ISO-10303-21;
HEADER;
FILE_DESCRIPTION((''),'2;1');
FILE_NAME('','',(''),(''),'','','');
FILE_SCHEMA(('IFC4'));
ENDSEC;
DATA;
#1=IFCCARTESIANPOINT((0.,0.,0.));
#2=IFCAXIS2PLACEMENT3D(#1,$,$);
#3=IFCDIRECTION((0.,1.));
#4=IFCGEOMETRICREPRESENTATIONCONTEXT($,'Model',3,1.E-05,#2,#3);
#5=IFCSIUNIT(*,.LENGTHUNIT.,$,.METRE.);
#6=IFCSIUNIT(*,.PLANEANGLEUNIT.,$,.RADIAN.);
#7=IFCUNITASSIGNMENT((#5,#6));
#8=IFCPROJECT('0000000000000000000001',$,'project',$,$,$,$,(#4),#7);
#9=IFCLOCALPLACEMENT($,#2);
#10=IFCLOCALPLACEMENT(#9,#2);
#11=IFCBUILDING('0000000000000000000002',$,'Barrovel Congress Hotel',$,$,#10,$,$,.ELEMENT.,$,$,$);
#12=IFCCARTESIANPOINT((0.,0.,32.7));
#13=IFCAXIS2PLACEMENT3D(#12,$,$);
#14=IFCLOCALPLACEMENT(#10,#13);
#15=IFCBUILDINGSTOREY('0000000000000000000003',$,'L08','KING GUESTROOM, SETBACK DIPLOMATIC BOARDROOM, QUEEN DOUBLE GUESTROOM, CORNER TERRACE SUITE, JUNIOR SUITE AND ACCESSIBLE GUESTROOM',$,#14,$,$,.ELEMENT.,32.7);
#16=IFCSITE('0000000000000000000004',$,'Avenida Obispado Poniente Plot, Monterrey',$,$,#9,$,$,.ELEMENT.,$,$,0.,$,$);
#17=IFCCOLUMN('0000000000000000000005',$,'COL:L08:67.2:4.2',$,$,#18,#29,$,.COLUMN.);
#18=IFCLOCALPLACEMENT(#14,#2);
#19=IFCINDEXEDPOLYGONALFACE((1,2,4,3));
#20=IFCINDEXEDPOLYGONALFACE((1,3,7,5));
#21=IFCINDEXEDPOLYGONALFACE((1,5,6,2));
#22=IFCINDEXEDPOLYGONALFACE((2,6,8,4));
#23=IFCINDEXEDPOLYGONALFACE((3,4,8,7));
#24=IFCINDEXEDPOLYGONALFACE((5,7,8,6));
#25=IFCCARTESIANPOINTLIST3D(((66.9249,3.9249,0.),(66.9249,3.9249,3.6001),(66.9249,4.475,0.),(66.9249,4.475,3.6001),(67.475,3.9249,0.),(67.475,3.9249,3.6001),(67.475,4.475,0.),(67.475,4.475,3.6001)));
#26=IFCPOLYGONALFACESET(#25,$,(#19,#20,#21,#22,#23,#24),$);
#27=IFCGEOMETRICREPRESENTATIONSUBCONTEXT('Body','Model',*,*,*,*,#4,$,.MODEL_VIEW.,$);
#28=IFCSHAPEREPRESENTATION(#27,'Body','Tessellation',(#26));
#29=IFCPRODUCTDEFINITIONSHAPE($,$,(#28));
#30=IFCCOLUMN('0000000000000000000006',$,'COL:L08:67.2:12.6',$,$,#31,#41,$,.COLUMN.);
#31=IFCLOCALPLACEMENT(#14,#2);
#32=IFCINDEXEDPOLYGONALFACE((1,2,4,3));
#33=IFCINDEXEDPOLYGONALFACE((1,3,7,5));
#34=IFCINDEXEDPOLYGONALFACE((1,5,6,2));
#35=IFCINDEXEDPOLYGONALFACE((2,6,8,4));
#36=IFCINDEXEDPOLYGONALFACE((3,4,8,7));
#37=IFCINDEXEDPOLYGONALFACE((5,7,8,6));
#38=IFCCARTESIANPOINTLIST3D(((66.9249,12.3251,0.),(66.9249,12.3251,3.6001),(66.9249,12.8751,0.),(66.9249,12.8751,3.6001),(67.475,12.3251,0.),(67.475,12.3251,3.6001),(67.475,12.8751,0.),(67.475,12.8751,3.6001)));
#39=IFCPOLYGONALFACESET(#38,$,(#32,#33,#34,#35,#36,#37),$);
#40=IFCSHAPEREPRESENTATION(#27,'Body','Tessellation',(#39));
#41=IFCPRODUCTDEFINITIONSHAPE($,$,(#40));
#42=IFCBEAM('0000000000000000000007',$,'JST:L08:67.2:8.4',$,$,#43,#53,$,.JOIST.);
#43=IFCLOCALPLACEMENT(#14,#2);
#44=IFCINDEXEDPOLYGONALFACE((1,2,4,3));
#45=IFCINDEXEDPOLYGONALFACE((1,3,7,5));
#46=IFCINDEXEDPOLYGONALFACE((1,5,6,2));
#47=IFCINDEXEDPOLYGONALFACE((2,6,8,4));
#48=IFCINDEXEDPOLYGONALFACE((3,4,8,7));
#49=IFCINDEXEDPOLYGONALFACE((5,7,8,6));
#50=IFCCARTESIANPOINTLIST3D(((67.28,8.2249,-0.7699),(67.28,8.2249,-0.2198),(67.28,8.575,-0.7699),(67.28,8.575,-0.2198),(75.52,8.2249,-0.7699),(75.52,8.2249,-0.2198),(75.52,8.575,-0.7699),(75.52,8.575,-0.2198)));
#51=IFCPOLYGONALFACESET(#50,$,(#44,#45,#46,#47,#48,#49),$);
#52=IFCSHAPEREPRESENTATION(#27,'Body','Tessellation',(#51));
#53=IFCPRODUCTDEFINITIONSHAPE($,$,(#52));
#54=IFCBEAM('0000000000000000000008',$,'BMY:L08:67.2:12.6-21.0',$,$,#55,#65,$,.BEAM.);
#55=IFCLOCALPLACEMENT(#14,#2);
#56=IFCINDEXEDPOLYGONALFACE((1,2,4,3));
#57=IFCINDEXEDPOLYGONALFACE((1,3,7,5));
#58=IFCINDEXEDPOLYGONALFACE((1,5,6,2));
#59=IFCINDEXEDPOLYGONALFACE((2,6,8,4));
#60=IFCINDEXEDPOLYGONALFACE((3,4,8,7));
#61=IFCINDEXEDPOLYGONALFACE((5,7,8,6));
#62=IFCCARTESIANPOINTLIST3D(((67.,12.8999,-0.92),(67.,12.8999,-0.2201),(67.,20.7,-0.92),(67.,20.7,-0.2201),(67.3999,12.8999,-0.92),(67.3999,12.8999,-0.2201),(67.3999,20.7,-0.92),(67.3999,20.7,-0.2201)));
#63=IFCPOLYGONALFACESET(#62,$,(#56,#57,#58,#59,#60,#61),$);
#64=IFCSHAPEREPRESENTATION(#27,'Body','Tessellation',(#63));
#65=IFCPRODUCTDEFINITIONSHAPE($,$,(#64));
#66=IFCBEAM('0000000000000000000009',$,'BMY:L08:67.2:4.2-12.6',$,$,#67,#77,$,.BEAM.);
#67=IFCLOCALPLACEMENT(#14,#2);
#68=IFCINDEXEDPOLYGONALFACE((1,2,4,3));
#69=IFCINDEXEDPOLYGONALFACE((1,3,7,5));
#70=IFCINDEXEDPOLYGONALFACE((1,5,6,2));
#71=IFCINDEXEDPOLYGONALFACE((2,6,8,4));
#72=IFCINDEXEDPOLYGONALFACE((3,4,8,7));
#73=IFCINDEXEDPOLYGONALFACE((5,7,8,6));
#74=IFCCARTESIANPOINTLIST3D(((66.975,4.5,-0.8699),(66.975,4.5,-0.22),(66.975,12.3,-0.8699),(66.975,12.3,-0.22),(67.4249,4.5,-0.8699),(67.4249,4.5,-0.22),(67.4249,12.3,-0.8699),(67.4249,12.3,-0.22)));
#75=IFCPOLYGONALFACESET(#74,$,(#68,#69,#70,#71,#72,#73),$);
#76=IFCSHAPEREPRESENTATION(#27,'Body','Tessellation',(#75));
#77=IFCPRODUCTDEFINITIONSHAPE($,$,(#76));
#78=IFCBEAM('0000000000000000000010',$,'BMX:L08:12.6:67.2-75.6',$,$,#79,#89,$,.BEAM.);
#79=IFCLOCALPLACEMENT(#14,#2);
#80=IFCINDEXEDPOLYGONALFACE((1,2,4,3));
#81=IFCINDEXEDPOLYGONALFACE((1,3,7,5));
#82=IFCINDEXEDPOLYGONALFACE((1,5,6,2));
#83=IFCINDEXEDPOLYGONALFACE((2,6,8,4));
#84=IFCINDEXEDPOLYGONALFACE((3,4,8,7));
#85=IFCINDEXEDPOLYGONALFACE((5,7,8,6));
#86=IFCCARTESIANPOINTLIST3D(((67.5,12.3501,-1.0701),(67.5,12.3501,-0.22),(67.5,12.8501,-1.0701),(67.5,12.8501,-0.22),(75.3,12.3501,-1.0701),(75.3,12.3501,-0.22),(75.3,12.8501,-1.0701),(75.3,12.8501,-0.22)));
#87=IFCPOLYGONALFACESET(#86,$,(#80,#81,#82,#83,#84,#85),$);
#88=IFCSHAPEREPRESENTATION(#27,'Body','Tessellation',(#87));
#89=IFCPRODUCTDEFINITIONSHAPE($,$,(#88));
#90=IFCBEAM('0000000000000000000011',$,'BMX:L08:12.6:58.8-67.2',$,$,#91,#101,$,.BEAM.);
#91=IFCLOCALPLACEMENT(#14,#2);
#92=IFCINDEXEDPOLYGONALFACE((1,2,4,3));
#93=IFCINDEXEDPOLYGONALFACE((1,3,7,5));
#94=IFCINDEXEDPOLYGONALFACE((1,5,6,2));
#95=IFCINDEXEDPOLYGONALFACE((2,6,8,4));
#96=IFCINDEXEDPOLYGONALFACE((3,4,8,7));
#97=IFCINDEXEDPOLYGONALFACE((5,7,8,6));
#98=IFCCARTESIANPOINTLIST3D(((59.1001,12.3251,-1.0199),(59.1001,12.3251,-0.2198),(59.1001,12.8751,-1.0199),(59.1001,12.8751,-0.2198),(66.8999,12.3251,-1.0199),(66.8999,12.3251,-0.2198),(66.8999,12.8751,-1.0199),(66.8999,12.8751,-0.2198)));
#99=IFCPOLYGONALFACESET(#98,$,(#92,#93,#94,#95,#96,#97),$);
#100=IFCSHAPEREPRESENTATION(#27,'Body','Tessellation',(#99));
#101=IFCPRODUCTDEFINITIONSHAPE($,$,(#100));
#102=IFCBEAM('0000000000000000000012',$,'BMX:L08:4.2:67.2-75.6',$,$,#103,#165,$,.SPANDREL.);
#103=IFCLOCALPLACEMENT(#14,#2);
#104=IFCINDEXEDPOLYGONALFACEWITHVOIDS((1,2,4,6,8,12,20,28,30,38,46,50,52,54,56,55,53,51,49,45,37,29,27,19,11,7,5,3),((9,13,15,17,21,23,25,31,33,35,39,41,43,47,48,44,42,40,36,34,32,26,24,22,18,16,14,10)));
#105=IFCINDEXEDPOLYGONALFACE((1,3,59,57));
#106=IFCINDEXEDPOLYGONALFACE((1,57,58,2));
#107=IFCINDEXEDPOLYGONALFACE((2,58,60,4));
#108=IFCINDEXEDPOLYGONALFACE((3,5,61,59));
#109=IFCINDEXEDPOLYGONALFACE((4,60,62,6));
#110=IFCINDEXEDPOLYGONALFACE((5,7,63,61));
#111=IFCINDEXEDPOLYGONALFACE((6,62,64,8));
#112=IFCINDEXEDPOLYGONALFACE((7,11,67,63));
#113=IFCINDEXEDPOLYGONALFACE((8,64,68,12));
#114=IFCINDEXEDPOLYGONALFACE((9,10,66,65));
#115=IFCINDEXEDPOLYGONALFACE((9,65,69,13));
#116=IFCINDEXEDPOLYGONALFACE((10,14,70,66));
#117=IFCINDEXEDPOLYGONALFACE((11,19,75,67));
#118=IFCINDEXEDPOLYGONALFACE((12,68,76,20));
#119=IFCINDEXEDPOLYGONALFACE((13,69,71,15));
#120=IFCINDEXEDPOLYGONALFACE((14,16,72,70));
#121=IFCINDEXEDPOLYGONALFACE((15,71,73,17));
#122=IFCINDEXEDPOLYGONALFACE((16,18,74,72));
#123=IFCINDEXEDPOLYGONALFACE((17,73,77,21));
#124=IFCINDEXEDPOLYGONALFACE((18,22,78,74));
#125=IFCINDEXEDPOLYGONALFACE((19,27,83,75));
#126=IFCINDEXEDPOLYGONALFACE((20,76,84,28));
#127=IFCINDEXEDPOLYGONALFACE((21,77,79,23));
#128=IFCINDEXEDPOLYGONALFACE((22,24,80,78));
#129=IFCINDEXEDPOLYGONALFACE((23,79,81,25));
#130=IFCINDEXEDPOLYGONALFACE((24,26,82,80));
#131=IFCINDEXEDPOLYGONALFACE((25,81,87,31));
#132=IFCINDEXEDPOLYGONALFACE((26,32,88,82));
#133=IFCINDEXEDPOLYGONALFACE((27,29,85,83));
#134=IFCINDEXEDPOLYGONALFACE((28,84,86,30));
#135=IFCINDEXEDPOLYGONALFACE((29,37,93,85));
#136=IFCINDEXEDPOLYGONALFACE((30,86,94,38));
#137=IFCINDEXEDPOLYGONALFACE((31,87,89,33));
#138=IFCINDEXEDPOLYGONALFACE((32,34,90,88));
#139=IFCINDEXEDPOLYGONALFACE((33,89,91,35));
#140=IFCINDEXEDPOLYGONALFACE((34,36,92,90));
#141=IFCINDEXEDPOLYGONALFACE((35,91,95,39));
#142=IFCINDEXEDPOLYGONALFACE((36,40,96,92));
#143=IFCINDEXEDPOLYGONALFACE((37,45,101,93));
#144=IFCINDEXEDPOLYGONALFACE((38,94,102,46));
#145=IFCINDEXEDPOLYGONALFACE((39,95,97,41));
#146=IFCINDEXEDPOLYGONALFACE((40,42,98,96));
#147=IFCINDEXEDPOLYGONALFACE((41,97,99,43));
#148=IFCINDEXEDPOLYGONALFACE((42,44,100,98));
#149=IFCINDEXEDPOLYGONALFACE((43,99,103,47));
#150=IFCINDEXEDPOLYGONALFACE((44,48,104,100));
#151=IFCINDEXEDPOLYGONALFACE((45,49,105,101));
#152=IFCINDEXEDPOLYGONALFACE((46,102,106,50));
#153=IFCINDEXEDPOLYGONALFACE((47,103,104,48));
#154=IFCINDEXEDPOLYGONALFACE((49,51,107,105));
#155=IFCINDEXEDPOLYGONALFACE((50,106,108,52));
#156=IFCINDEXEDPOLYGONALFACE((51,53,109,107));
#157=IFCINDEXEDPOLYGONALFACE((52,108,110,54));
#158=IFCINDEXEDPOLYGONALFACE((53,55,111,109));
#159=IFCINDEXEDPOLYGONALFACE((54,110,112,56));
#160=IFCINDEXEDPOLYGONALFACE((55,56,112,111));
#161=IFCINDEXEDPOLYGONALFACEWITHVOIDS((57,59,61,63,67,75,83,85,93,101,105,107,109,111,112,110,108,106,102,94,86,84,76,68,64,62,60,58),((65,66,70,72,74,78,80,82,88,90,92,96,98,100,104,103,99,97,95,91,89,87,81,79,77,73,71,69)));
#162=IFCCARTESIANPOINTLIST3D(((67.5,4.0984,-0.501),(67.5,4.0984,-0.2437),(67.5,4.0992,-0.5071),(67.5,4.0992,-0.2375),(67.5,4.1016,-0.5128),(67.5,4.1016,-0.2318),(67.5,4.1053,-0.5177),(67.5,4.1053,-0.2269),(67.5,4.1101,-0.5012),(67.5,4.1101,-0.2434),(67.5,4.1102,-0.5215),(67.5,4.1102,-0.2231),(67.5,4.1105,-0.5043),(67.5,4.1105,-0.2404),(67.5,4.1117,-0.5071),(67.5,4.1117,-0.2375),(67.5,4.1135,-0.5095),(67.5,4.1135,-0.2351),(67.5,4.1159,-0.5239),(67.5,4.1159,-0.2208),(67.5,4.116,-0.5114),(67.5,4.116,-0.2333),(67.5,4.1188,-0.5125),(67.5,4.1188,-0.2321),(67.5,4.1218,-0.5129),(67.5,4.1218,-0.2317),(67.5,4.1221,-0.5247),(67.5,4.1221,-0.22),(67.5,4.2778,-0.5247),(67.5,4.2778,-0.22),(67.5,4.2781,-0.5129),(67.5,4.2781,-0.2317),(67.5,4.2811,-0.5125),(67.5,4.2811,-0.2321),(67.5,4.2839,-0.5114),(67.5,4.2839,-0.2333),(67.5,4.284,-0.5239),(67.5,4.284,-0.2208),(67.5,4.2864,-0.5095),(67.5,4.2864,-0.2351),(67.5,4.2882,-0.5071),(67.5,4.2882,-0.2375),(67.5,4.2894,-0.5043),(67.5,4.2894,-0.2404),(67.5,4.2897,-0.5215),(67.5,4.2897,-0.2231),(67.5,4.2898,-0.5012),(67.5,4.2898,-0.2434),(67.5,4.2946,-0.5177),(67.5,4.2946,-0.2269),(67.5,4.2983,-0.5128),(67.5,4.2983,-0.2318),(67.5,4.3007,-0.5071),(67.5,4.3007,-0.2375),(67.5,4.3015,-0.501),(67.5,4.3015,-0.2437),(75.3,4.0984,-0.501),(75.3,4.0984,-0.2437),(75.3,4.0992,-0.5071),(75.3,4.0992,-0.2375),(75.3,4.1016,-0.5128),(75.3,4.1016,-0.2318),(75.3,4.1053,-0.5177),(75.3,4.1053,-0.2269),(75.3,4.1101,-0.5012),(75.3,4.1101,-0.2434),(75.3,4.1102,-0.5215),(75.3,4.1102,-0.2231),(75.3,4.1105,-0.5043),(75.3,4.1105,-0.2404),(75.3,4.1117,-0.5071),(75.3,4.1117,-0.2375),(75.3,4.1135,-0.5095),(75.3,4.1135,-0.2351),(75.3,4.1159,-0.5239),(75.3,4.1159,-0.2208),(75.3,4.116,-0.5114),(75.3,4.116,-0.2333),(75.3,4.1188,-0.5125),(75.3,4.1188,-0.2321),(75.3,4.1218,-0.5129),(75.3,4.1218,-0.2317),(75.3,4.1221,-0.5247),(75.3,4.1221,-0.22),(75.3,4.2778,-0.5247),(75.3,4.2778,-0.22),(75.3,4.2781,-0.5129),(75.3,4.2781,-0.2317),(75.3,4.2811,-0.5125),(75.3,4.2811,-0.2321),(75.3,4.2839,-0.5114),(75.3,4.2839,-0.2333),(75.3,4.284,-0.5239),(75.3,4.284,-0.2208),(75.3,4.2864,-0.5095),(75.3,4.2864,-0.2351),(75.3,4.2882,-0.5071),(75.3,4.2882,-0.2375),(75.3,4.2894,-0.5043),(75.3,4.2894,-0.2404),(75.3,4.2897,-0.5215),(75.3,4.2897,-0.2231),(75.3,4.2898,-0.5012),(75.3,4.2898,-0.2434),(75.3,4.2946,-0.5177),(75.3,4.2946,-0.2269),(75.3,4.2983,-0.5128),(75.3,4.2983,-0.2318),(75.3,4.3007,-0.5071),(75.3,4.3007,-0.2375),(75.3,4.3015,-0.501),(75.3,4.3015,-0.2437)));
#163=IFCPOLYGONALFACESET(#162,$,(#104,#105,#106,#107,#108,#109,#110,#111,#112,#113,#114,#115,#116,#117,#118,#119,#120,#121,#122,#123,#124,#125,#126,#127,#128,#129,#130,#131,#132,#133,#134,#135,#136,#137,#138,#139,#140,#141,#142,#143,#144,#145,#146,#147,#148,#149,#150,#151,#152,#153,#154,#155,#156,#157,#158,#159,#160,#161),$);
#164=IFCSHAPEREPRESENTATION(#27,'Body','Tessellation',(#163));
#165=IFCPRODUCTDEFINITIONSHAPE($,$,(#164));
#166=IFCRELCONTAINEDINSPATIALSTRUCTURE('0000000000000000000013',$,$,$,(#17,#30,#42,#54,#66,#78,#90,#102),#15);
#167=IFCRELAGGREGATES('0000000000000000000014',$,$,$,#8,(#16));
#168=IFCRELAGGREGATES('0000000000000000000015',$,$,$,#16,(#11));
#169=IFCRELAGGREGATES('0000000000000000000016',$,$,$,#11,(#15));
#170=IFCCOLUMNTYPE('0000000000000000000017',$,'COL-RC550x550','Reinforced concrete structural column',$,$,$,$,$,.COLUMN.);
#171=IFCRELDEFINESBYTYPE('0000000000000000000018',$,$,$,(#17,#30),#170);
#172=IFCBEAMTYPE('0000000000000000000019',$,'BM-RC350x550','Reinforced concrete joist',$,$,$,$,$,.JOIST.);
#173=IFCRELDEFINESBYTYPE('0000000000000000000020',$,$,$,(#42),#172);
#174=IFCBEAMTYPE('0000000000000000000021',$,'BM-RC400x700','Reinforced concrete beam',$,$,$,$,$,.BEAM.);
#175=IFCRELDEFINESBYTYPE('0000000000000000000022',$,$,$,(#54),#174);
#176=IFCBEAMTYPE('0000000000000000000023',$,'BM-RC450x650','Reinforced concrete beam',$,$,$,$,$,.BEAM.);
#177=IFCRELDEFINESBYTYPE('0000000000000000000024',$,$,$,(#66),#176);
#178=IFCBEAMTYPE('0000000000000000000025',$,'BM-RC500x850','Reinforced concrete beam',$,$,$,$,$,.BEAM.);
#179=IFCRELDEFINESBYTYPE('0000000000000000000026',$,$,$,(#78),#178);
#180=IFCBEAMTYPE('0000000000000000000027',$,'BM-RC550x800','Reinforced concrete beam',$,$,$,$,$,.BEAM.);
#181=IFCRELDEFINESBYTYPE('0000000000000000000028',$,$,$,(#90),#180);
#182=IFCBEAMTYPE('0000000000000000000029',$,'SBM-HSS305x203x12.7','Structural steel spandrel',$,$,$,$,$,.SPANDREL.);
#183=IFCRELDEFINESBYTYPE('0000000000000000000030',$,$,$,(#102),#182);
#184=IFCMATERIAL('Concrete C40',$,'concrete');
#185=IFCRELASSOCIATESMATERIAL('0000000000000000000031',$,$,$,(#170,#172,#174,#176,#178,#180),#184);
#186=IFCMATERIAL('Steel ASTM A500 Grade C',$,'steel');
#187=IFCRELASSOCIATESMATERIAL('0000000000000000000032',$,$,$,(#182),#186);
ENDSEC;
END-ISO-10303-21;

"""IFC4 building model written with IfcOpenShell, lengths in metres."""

from ifc_helpers import new_model, si_unit, direction, frame, origin, origin_2d, place, context, subcontext, project, spatial, rectangle, hollow_rectangle, extrude, material, material_profile, profile_set, type_object, element, save


model = new_model("IFC4")

# Units and contexts
model_context = context("Model", 3, precision=1e-05, world=origin(), true_north=direction((0.0, 1.0)))
body_context = subcontext(model_context, "Body", "Model", "MODEL_VIEW")
ifc_project = project(units=[si_unit("LENGTHUNIT", "METRE"), si_unit("PLANEANGLEUNIT", "RADIAN")], contexts=[model_context])

# Site, building, storey
site_placement = place(None, origin())
site = spatial("IfcSite", under=ifc_project, at=site_placement, Name="Avenida Obispado Poniente Plot, Monterrey", CompositionType="ELEMENT", RefElevation=0.0)
building_placement = place(site_placement, origin())
building = spatial("IfcBuilding", under=site, at=building_placement, Name="Barrovel Congress Hotel", CompositionType="ELEMENT")
storey_placement = place(building_placement, frame((0.0, 0.0, 32.7)))
storey = spatial("IfcBuildingStorey", under=building, at=storey_placement, Name="L08", Description="KING GUESTROOM, SETBACK DIPLOMATIC BOARDROOM, QUEEN DOUBLE GUESTROOM, CORNER TERRACE SUITE, JUNIOR SUITE AND ACCESSIBLE GUESTROOM", CompositionType="ELEMENT", Elevation=32.7)

# Columns
ifc_material_1 = material(Name="Concrete C40", Category="concrete")
ifc_material_profile_1 = material_profile(ifc_material_1, rectangle(XDim=0.55, YDim=0.55, at=origin_2d()), Name="RC550x550")
ifc_profile_set_1 = profile_set([ifc_material_profile_1], Name="Concrete C40")
column_type = type_object("IfcColumnType", Name="COL-RC550x550", Description="Reinforced concrete structural column", PredefinedType="COLUMN", material=ifc_profile_set_1)
for number, where, z_axis, x_axis, name in (
    (1, (67.2, 4.2, 0.0), (0.0, 0.0, 1.0), (1.0, 0.0, 0.0), "COL:L08:67.2:4.2"),
    (2, (67.2, 12.6001, 0.0), (0.0, 0.0, 1.0), (1.0, 0.0, 0.0), "COL:L08:67.2:12.6"),
):
    element("IfcColumn", number, at=place(storey_placement, frame(where, z_axis=z_axis, x_axis=x_axis)), inside=storey, type_object=column_type, Name=name, PredefinedType="COLUMN", context=body_context, shape_type="SweptSolid", body=[
        extrude(rectangle(XDim=0.55, YDim=0.55, at=origin_2d()), origin(), (0.0, 0.0, 1.0), 3.6001),
    ])

# Beams
ifc_material_profile_2 = material_profile(ifc_material_1, rectangle(XDim=0.3501, YDim=0.55, at=origin_2d()), Name="RC350x550")
ifc_profile_set_2 = profile_set([ifc_material_profile_2], Name="Concrete C40")
beam_type_1 = type_object("IfcBeamType", Name="BM-RC350x550", Description="Reinforced concrete joist", PredefinedType="JOIST", material=ifc_profile_set_2)
beam_1_placement = place(storey_placement, frame((67.28, 8.3999, -0.4949), z_axis=(1.0, 0.0, 0.0), x_axis=(0.0, 1.0, 0.0)))
element("IfcBeam", 3, at=beam_1_placement, inside=storey, type_object=beam_type_1, Name="JST:L08:67.2:8.4", PredefinedType="JOIST", context=body_context, shape_type="SweptSolid", body=[
    extrude(rectangle(XDim=0.3501, YDim=0.55, at=origin_2d()), origin(), (0.0, 0.0, 1.0), 8.24),
])
ifc_material_profile_3 = material_profile(ifc_material_1, rectangle(XDim=0.3999, YDim=0.7, at=origin_2d()), Name="RC400x700")
ifc_profile_set_3 = profile_set([ifc_material_profile_3], Name="Concrete C40")
beam_type_2 = type_object("IfcBeamType", Name="BM-RC400x700", Description="Reinforced concrete beam", PredefinedType="BEAM", material=ifc_profile_set_3)
beam_2_placement = place(storey_placement, frame((67.2, 12.8999, -0.5701), z_axis=(0.0, 1.0, 0.0), x_axis=(-1.0, 0.0, 0.0)))
element("IfcBeam", 4, at=beam_2_placement, inside=storey, type_object=beam_type_2, Name="BMY:L08:67.2:12.6-21.0", PredefinedType="BEAM", context=body_context, shape_type="SweptSolid", body=[
    extrude(rectangle(XDim=0.3999, YDim=0.7, at=origin_2d()), origin(), (0.0, 0.0, 1.0), 7.8),
])
ifc_material_profile_4 = material_profile(ifc_material_1, rectangle(XDim=0.45, YDim=0.6499, at=origin_2d()), Name="RC450x650")
ifc_profile_set_4 = profile_set([ifc_material_profile_4], Name="Concrete C40")
beam_type_3 = type_object("IfcBeamType", Name="BM-RC450x650", Description="Reinforced concrete beam", PredefinedType="BEAM", material=ifc_profile_set_4)
beam_3_placement = place(storey_placement, frame((67.2, 4.5, -0.5449), z_axis=(0.0, 1.0, 0.0), x_axis=(-1.0, 0.0, 0.0)))
element("IfcBeam", 5, at=beam_3_placement, inside=storey, type_object=beam_type_3, Name="BMY:L08:67.2:4.2-12.6", PredefinedType="BEAM", context=body_context, shape_type="SweptSolid", body=[
    extrude(rectangle(XDim=0.45, YDim=0.6499, at=origin_2d()), origin(), (0.0, 0.0, 1.0), 7.8),
])
ifc_material_profile_5 = material_profile(ifc_material_1, rectangle(XDim=0.5, YDim=0.8501, at=origin_2d()), Name="RC500x850")
ifc_profile_set_5 = profile_set([ifc_material_profile_5], Name="Concrete C40")
beam_type_4 = type_object("IfcBeamType", Name="BM-RC500x850", Description="Reinforced concrete beam", PredefinedType="BEAM", material=ifc_profile_set_5)
beam_4_placement = place(storey_placement, frame((67.5, 12.6001, -0.645), z_axis=(1.0, 0.0, 0.0), x_axis=(0.0, 1.0, 0.0)))
element("IfcBeam", 6, at=beam_4_placement, inside=storey, type_object=beam_type_4, Name="BMX:L08:12.6:67.2-75.6", PredefinedType="BEAM", context=body_context, shape_type="SweptSolid", body=[
    extrude(rectangle(XDim=0.5, YDim=0.8501, at=origin_2d()), origin(), (0.0, 0.0, 1.0), 7.8),
])
ifc_material_profile_6 = material_profile(ifc_material_1, rectangle(XDim=0.55, YDim=0.8, at=origin_2d()), Name="RC550x800")
ifc_profile_set_6 = profile_set([ifc_material_profile_6], Name="Concrete C40")
beam_type_5 = type_object("IfcBeamType", Name="BM-RC550x800", Description="Reinforced concrete beam", PredefinedType="BEAM", material=ifc_profile_set_6)
beam_5_placement = place(storey_placement, frame((59.1001, 12.6001, -0.6199), z_axis=(1.0, 0.0, 0.0), x_axis=(0.0, 1.0, 0.0)))
element("IfcBeam", 7, at=beam_5_placement, inside=storey, type_object=beam_type_5, Name="BMX:L08:12.6:58.8-67.2", PredefinedType="BEAM", context=body_context, shape_type="SweptSolid", body=[
    extrude(rectangle(XDim=0.55, YDim=0.8, at=origin_2d()), origin(), (0.0, 0.0, 1.0), 7.7998),
])
ifc_material_2 = material(Name="Steel ASTM A500 Grade C", Category="steel")
ifc_material_profile_7 = material_profile(ifc_material_2, hollow_rectangle(XDim=0.2031, YDim=0.3047, WallThickness=0.0117, InnerFilletRadius=0.0117, OuterFilletRadius=0.0237, at=origin_2d()), Name="HSS305x203x12.7")
ifc_profile_set_7 = profile_set([ifc_material_profile_7], Name="Steel ASTM A500 Grade C")
beam_type_6 = type_object("IfcBeamType", Name="SBM-HSS305x203x12.7", Description="Structural steel spandrel", PredefinedType="SPANDREL", material=ifc_profile_set_7)
beam_6_placement = place(storey_placement, frame((67.5, 4.2, -0.3723), z_axis=(1.0, 0.0, 0.0), x_axis=(0.0, 1.0, 0.0)))
element("IfcBeam", 8, at=beam_6_placement, inside=storey, type_object=beam_type_6, Name="BMX:L08:4.2:67.2-75.6", PredefinedType="SPANDREL", context=body_context, shape_type="SweptSolid", body=[
    extrude(hollow_rectangle(XDim=0.2031, YDim=0.3047, WallThickness=0.0117, InnerFilletRadius=0.0117, OuterFilletRadius=0.0237, at=origin_2d()), origin(), (0.0, 0.0, 1.0), 7.8),
])

save(model, "model.ifc")
